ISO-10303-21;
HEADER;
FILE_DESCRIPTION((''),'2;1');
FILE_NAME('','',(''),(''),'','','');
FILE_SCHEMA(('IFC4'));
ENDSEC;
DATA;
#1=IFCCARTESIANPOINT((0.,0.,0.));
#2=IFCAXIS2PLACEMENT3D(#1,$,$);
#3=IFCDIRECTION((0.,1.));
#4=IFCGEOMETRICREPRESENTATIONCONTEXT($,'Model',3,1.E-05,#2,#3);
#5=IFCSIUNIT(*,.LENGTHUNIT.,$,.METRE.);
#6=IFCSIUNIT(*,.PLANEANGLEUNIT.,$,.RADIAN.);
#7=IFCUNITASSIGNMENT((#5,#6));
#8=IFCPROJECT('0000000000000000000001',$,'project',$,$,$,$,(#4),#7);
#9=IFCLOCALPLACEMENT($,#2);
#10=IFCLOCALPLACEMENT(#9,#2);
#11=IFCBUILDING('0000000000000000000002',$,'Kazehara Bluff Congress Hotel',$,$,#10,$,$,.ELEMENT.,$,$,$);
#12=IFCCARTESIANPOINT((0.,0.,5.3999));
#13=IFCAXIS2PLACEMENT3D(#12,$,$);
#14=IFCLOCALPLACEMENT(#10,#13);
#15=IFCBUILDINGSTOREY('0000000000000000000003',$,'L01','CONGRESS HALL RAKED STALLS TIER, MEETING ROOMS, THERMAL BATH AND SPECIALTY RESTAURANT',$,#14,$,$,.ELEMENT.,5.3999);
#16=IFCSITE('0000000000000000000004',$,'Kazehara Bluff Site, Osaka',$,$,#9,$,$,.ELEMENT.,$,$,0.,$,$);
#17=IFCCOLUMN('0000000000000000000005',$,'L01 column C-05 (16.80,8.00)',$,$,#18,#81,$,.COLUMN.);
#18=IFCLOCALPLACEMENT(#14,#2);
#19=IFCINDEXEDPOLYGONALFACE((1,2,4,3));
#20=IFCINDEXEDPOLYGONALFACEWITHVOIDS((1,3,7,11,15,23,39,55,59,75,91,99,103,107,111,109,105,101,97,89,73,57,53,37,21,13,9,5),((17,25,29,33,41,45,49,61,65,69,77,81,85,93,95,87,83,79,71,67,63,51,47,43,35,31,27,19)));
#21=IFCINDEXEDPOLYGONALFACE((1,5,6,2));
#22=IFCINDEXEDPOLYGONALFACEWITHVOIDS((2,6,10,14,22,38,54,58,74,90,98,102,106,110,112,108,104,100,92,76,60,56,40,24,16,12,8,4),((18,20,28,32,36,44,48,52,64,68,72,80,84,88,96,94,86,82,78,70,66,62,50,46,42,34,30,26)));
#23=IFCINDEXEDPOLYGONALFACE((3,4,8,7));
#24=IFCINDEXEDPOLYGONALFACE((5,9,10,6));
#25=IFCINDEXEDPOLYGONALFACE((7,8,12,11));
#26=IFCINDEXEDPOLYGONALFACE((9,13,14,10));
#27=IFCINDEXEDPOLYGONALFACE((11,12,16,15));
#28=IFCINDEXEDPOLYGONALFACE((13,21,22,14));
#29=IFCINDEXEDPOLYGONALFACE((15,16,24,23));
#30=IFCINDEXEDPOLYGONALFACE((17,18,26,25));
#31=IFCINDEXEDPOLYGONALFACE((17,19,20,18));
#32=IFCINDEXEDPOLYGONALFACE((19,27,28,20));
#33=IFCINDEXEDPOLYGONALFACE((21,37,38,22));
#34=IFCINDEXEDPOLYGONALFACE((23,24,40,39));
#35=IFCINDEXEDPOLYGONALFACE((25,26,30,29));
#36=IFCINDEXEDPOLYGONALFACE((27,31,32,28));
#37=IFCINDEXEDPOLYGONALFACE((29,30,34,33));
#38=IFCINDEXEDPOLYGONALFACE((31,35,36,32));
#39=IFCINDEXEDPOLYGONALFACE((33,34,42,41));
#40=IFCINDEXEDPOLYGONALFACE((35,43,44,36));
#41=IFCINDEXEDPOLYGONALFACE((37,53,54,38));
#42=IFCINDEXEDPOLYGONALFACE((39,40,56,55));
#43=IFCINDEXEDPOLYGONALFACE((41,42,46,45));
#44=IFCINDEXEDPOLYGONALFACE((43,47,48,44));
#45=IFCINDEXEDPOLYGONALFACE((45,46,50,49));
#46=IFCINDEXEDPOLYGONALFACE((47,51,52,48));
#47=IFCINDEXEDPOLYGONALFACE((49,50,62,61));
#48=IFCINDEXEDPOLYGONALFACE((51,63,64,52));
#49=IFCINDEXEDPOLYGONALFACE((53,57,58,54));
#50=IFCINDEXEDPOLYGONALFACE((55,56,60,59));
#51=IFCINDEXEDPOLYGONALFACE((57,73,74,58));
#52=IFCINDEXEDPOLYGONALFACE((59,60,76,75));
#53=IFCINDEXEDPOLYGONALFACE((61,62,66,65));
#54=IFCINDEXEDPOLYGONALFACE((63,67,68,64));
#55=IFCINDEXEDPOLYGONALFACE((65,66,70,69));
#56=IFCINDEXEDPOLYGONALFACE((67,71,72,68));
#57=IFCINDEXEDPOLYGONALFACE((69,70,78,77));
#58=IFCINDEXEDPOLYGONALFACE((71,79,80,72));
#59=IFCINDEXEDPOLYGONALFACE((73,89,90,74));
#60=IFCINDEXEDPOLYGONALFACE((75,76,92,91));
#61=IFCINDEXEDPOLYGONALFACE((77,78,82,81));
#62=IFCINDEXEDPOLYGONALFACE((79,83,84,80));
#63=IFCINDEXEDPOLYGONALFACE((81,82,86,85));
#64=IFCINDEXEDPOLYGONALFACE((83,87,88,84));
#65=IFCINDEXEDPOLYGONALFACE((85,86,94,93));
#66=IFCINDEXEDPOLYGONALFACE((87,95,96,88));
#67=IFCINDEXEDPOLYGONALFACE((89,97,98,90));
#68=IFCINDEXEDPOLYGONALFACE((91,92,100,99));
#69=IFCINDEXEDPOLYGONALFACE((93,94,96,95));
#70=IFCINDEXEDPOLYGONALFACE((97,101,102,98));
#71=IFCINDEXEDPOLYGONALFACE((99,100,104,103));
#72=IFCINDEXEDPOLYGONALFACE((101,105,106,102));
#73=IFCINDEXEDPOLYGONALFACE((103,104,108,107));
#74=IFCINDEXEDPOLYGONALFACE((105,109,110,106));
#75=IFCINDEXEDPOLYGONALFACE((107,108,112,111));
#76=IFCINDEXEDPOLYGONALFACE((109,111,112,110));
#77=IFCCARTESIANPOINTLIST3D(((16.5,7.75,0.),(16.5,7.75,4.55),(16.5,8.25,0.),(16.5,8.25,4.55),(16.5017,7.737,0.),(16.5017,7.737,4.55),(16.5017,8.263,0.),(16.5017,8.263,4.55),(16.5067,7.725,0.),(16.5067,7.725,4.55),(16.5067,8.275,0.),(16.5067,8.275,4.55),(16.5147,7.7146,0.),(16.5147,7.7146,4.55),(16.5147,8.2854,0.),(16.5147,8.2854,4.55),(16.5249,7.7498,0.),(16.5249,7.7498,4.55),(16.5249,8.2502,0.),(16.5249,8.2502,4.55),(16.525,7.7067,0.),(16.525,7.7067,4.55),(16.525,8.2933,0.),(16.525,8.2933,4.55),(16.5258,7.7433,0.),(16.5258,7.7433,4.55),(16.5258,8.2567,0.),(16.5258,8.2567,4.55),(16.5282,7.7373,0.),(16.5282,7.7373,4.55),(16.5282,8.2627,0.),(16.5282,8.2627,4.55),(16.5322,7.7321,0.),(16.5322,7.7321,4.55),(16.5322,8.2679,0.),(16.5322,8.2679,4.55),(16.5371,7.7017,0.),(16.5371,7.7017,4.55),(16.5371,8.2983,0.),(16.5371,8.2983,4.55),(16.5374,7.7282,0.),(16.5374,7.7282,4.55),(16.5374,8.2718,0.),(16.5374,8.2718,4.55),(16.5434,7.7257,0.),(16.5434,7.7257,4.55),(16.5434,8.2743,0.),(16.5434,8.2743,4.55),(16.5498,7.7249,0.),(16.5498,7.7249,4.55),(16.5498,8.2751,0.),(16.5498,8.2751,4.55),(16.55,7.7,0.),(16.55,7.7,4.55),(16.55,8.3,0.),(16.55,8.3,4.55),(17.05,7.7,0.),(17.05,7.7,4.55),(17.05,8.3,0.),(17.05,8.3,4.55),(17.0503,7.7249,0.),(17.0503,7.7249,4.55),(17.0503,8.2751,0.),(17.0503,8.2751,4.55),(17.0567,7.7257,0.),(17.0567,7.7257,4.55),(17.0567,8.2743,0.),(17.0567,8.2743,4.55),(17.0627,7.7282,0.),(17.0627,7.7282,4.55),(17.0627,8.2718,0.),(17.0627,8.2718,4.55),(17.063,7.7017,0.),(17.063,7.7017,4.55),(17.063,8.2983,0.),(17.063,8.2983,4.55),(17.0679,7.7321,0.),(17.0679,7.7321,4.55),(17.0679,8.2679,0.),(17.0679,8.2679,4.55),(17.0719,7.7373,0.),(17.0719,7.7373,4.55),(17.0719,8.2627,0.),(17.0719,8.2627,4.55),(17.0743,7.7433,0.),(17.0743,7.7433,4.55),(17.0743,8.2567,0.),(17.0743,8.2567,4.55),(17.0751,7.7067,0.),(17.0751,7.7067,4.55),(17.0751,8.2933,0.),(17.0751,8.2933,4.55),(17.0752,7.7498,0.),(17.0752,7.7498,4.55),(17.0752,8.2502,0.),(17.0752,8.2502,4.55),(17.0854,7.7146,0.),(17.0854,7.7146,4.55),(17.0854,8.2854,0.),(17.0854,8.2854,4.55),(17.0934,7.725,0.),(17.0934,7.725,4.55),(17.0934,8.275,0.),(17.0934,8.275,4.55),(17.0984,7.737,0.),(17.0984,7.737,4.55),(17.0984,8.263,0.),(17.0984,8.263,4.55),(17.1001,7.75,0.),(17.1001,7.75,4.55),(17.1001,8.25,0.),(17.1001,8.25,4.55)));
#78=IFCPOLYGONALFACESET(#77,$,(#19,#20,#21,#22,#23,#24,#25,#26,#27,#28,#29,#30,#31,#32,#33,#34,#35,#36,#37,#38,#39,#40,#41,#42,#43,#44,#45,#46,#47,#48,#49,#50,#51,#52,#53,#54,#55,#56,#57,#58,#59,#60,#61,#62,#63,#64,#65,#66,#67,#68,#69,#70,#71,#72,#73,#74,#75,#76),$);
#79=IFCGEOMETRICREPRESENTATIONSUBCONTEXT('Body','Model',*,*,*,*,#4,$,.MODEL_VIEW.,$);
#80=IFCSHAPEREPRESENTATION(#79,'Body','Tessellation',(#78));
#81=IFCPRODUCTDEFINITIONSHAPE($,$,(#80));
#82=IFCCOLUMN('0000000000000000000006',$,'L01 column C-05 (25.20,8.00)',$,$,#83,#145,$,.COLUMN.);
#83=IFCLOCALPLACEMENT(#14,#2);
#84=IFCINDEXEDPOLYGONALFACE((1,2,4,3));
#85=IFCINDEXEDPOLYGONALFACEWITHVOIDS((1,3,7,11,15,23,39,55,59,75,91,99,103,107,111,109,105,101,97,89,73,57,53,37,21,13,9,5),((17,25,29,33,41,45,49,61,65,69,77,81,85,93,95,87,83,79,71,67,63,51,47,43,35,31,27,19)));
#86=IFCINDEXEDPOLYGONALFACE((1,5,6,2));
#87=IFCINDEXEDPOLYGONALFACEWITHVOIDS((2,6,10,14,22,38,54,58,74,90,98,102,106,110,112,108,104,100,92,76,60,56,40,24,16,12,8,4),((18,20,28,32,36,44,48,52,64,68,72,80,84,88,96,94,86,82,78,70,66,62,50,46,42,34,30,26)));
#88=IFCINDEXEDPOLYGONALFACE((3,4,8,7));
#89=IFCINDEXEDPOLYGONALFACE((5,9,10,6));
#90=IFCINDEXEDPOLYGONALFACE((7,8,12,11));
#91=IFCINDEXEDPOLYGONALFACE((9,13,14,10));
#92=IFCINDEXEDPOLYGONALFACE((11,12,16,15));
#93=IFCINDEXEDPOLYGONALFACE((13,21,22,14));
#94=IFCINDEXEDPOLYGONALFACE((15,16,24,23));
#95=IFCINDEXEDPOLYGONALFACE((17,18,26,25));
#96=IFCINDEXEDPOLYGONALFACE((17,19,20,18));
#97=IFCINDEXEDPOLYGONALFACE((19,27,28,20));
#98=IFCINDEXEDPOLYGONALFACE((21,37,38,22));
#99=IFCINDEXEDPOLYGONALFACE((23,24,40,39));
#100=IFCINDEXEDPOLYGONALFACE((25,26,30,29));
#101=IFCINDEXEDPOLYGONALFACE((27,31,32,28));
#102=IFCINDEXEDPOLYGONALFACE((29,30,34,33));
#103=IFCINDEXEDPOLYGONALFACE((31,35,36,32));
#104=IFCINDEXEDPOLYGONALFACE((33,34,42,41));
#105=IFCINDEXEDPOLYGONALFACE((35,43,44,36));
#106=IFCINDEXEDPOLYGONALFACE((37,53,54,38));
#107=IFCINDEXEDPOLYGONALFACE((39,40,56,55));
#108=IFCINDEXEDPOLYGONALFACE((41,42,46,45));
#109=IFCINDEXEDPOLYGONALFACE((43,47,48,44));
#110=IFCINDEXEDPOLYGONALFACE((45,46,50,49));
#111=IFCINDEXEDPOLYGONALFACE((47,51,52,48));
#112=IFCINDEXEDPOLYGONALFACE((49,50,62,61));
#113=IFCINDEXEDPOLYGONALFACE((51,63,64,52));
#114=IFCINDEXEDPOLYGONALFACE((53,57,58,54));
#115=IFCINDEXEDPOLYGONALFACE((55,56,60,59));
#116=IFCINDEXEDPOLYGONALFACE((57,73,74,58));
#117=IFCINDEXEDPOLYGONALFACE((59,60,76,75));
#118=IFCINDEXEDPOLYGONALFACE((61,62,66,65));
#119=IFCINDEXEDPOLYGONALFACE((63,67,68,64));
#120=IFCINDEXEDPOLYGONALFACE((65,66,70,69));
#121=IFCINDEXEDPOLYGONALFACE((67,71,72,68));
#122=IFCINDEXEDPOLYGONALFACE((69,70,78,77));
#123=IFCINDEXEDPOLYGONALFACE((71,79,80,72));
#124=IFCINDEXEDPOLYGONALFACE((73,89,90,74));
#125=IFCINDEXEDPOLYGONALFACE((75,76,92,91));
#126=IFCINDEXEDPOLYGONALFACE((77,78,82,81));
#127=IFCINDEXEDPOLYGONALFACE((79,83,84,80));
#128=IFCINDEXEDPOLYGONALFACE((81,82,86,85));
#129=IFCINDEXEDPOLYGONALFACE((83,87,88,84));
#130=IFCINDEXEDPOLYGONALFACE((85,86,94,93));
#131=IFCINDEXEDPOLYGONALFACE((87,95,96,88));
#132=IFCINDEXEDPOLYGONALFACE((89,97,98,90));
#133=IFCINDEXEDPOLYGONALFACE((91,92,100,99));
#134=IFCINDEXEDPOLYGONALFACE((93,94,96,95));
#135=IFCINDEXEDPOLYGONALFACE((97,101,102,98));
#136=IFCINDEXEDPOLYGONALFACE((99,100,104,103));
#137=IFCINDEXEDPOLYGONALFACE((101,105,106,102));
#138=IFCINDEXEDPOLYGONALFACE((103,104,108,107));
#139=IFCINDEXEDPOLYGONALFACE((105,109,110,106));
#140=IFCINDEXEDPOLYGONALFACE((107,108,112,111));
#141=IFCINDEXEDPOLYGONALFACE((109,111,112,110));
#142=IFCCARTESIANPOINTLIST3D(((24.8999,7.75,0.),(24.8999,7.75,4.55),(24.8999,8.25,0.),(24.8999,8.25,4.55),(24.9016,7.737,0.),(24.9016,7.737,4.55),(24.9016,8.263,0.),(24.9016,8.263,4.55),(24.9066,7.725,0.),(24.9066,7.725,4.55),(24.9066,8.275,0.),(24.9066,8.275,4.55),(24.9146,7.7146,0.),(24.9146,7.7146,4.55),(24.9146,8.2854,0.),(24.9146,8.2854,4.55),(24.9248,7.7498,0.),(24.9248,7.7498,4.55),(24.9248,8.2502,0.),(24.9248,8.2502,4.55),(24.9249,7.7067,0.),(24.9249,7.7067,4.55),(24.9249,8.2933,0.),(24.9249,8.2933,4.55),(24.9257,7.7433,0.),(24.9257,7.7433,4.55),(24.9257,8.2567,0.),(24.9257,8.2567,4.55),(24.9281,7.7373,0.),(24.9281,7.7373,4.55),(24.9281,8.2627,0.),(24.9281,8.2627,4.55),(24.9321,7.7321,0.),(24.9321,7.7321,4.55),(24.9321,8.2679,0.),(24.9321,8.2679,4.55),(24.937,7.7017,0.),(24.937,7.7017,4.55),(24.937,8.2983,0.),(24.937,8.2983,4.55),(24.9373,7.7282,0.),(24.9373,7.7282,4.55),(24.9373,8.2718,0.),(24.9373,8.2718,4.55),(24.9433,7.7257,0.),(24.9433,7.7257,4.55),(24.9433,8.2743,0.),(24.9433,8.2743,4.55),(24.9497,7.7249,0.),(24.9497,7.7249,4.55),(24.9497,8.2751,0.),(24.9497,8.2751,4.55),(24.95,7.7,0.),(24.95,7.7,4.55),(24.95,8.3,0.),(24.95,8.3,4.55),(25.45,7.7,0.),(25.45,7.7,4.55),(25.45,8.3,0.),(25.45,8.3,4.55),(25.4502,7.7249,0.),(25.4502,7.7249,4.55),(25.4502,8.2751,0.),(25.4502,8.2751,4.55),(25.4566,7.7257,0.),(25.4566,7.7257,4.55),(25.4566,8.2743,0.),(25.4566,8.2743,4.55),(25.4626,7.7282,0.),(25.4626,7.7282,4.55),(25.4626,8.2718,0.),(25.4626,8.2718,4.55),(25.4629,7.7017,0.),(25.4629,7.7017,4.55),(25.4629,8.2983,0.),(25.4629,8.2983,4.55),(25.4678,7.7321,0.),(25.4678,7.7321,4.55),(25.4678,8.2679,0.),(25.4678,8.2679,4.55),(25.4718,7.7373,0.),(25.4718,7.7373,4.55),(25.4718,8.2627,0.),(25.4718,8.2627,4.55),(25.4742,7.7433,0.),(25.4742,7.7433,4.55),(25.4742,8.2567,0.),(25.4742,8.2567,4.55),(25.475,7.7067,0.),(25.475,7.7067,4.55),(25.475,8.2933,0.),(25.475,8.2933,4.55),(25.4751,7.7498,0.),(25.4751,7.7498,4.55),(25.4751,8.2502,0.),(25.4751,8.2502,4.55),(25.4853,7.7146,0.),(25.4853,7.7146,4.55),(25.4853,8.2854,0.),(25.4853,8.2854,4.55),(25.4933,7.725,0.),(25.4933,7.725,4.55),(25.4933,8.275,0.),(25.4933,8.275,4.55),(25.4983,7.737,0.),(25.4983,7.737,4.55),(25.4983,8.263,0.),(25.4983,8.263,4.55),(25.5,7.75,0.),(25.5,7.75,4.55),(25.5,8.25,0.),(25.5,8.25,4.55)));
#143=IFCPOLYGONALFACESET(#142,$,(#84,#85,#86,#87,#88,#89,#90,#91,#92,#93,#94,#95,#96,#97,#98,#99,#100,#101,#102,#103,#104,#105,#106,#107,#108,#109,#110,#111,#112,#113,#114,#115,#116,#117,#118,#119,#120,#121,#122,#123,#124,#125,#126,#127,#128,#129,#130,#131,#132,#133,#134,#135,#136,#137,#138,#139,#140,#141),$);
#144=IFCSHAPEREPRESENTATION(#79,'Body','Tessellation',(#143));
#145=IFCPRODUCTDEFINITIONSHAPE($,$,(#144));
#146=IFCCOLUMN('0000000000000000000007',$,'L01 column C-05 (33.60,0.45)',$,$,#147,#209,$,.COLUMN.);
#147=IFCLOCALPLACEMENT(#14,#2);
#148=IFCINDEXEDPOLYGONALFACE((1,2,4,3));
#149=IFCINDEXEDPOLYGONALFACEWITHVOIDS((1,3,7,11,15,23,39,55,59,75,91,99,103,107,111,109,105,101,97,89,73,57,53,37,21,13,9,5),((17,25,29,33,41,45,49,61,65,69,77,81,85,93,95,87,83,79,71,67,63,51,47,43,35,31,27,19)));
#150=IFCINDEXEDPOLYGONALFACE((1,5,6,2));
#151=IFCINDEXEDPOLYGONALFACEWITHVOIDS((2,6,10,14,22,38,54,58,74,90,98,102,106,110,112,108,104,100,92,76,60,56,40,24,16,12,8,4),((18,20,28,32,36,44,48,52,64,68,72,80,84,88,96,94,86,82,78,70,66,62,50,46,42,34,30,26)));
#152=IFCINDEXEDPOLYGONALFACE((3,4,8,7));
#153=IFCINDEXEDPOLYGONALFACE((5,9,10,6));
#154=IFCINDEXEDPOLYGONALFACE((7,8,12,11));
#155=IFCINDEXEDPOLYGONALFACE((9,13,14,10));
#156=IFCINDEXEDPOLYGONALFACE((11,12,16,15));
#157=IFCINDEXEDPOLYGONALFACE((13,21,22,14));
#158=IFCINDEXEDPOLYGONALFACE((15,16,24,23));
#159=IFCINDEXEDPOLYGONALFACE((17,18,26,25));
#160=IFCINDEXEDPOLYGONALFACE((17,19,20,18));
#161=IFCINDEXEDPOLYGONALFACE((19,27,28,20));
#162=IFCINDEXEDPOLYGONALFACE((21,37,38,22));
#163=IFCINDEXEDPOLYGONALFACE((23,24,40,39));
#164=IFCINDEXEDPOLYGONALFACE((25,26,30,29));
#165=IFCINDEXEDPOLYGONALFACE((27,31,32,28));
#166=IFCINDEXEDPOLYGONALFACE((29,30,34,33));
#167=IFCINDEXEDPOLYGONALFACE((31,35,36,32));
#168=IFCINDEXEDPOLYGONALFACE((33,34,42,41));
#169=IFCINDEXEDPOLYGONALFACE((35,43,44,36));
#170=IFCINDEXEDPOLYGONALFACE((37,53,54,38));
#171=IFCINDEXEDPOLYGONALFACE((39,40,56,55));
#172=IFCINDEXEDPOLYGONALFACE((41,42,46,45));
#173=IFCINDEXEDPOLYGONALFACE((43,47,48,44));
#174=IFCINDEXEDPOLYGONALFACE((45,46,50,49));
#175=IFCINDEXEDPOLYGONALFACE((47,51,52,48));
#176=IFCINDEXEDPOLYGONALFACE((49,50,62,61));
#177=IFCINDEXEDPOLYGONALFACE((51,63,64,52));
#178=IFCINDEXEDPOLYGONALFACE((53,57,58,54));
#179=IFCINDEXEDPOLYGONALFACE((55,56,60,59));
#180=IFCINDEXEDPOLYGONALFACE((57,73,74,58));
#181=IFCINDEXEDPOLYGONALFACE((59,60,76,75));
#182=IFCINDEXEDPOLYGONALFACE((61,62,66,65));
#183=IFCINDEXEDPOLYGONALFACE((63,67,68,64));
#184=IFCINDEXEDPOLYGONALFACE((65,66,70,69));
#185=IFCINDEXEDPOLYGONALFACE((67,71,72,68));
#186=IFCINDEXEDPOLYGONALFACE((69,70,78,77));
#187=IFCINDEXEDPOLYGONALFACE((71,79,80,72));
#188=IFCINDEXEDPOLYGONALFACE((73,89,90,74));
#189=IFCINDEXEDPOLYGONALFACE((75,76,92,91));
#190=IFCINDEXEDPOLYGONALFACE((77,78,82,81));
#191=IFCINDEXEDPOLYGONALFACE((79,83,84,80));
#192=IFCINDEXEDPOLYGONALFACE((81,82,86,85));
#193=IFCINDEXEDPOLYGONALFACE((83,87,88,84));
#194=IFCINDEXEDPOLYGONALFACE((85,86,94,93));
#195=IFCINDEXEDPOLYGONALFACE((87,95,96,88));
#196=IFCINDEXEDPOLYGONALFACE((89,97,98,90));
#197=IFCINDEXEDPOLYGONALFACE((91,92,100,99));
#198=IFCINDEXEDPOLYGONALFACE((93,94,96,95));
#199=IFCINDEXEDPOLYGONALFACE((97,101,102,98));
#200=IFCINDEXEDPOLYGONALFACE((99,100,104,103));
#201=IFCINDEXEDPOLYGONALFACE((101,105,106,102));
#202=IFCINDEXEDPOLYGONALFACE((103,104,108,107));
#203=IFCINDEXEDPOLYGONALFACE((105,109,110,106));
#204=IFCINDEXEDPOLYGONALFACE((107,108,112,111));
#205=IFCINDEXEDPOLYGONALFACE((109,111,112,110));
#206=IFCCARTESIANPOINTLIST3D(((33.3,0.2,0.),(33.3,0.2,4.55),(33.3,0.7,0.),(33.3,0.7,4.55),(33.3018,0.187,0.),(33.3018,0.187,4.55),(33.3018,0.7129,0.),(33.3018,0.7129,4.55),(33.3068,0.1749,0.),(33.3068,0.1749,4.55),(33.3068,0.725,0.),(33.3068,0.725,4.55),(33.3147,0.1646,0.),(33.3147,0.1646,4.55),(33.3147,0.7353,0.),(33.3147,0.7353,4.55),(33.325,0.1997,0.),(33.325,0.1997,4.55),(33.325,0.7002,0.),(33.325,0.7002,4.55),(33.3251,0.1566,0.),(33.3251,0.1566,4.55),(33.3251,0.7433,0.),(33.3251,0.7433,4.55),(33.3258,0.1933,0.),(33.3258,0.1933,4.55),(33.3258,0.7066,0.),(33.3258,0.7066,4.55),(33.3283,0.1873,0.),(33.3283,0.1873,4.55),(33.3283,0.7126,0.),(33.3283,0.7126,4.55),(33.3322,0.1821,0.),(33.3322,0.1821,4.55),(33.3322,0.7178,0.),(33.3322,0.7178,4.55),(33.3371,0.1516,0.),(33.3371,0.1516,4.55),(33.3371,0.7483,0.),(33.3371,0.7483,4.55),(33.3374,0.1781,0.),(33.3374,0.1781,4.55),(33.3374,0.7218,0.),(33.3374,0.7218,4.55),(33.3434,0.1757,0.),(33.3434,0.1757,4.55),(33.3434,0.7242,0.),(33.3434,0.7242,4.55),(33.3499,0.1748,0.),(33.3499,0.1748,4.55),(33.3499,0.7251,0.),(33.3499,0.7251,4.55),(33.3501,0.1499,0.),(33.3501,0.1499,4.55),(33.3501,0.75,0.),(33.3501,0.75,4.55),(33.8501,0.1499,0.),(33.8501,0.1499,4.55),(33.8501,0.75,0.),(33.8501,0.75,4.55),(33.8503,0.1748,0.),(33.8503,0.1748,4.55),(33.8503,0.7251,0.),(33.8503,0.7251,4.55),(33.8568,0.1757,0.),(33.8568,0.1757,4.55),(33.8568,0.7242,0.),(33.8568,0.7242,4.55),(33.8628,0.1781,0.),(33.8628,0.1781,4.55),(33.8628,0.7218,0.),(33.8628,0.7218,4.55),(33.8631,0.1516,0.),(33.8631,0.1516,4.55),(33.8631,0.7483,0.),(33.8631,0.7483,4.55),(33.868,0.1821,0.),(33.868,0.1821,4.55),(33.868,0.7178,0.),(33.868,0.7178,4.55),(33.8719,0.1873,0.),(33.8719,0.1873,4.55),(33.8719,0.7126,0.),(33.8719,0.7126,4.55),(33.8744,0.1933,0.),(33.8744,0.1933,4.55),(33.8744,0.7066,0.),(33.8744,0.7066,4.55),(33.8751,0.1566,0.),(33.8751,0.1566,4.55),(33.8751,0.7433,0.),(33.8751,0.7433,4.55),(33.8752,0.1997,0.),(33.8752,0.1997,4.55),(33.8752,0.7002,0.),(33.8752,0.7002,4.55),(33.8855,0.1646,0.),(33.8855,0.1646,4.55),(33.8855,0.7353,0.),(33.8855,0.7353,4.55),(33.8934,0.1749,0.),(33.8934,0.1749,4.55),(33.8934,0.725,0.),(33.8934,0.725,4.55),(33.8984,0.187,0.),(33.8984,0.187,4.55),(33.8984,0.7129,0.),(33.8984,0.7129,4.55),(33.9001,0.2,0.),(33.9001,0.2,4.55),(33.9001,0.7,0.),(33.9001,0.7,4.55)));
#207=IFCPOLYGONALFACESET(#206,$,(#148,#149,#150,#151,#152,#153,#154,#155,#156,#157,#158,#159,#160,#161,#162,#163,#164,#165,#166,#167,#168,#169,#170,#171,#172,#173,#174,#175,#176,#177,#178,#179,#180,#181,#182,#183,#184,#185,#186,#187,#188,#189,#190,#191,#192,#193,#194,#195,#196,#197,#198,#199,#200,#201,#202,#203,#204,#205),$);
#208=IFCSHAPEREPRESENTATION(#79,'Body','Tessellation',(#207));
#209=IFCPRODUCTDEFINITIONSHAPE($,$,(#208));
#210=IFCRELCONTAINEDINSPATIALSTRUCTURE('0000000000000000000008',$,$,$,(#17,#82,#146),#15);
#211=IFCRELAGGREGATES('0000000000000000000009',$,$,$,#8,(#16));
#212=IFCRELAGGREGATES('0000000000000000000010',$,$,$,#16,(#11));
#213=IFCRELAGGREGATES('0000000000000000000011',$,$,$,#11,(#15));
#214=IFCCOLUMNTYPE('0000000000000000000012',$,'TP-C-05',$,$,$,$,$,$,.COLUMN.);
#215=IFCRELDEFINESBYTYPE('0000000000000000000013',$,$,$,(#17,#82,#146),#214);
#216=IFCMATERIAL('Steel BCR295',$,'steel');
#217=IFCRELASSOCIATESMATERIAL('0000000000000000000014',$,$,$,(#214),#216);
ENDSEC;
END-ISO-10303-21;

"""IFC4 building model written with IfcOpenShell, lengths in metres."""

from ifc_helpers import new_model, si_unit, direction, frame, origin, origin_2d, place, context, subcontext, project, spatial, hollow_rectangle, extrude, material, material_profile, profile_set, type_object, element, save


model = new_model("IFC4")

# Units and contexts
model_context = context("Model", 3, precision=1e-05, world=origin(), true_north=direction((0.0, 1.0)))
body_context = subcontext(model_context, "Body", "Model", "MODEL_VIEW")
ifc_project = project(units=[si_unit("LENGTHUNIT", "METRE"), si_unit("PLANEANGLEUNIT", "RADIAN")], contexts=[model_context])

# Site, building, storey
site_placement = place(None, origin())
site = spatial("IfcSite", under=ifc_project, at=site_placement, Name="Kazehara Bluff Site, Osaka", CompositionType="ELEMENT", RefElevation=0.0)
building_placement = place(site_placement, origin())
building = spatial("IfcBuilding", under=site, at=building_placement, Name="Kazehara Bluff Congress Hotel", CompositionType="ELEMENT")
storey_placement = place(building_placement, frame((0.0, 0.0, 5.3999)))
storey = spatial("IfcBuildingStorey", under=building, at=storey_placement, Name="L01", Description="CONGRESS HALL RAKED STALLS TIER, MEETING ROOMS, THERMAL BATH AND SPECIALTY RESTAURANT", CompositionType="ELEMENT", Elevation=5.3999)

# Columns
ifc_material_1 = material(Name="Steel BCR295", Category="steel")
ifc_material_profile_1 = material_profile(ifc_material_1, hollow_rectangle(XDim=0.6001, YDim=0.6001, WallThickness=0.0249, InnerFilletRadius=0.0249, OuterFilletRadius=0.05, at=origin_2d()))
ifc_profile_set_1 = profile_set([ifc_material_profile_1], Name="Steel BCR295")
column_type = type_object("IfcColumnType", Name="TP-C-05", PredefinedType="COLUMN", material=ifc_profile_set_1)
for number, where, z_axis, x_axis, name in (
    (1, (16.8, 8.0, 0.0), (0.0, 0.0, 1.0), (1.0, 0.0, 0.0), "L01 column C-05 (16.80,8.00)"),
    (2, (25.2, 8.0, 0.0), (0.0, 0.0, 1.0), (1.0, 0.0, 0.0), "L01 column C-05 (25.20,8.00)"),
    (3, (33.6001, 0.45, 0.0), (0.0, 0.0, 1.0), (1.0, 0.0, 0.0), "L01 column C-05 (33.60,0.45)"),
):
    element("IfcColumn", number, at=place(storey_placement, frame(where, z_axis=z_axis, x_axis=x_axis)), inside=storey, type_object=column_type, Name=name, PredefinedType="COLUMN", context=body_context, shape_type="SweptSolid", body=[
        extrude(hollow_rectangle(XDim=0.6001, YDim=0.6001, WallThickness=0.0249, InnerFilletRadius=0.0249, OuterFilletRadius=0.05, at=origin_2d()), origin(), (0.0, 0.0, 1.0), 4.55),
    ])

save(model, "model.ifc")
